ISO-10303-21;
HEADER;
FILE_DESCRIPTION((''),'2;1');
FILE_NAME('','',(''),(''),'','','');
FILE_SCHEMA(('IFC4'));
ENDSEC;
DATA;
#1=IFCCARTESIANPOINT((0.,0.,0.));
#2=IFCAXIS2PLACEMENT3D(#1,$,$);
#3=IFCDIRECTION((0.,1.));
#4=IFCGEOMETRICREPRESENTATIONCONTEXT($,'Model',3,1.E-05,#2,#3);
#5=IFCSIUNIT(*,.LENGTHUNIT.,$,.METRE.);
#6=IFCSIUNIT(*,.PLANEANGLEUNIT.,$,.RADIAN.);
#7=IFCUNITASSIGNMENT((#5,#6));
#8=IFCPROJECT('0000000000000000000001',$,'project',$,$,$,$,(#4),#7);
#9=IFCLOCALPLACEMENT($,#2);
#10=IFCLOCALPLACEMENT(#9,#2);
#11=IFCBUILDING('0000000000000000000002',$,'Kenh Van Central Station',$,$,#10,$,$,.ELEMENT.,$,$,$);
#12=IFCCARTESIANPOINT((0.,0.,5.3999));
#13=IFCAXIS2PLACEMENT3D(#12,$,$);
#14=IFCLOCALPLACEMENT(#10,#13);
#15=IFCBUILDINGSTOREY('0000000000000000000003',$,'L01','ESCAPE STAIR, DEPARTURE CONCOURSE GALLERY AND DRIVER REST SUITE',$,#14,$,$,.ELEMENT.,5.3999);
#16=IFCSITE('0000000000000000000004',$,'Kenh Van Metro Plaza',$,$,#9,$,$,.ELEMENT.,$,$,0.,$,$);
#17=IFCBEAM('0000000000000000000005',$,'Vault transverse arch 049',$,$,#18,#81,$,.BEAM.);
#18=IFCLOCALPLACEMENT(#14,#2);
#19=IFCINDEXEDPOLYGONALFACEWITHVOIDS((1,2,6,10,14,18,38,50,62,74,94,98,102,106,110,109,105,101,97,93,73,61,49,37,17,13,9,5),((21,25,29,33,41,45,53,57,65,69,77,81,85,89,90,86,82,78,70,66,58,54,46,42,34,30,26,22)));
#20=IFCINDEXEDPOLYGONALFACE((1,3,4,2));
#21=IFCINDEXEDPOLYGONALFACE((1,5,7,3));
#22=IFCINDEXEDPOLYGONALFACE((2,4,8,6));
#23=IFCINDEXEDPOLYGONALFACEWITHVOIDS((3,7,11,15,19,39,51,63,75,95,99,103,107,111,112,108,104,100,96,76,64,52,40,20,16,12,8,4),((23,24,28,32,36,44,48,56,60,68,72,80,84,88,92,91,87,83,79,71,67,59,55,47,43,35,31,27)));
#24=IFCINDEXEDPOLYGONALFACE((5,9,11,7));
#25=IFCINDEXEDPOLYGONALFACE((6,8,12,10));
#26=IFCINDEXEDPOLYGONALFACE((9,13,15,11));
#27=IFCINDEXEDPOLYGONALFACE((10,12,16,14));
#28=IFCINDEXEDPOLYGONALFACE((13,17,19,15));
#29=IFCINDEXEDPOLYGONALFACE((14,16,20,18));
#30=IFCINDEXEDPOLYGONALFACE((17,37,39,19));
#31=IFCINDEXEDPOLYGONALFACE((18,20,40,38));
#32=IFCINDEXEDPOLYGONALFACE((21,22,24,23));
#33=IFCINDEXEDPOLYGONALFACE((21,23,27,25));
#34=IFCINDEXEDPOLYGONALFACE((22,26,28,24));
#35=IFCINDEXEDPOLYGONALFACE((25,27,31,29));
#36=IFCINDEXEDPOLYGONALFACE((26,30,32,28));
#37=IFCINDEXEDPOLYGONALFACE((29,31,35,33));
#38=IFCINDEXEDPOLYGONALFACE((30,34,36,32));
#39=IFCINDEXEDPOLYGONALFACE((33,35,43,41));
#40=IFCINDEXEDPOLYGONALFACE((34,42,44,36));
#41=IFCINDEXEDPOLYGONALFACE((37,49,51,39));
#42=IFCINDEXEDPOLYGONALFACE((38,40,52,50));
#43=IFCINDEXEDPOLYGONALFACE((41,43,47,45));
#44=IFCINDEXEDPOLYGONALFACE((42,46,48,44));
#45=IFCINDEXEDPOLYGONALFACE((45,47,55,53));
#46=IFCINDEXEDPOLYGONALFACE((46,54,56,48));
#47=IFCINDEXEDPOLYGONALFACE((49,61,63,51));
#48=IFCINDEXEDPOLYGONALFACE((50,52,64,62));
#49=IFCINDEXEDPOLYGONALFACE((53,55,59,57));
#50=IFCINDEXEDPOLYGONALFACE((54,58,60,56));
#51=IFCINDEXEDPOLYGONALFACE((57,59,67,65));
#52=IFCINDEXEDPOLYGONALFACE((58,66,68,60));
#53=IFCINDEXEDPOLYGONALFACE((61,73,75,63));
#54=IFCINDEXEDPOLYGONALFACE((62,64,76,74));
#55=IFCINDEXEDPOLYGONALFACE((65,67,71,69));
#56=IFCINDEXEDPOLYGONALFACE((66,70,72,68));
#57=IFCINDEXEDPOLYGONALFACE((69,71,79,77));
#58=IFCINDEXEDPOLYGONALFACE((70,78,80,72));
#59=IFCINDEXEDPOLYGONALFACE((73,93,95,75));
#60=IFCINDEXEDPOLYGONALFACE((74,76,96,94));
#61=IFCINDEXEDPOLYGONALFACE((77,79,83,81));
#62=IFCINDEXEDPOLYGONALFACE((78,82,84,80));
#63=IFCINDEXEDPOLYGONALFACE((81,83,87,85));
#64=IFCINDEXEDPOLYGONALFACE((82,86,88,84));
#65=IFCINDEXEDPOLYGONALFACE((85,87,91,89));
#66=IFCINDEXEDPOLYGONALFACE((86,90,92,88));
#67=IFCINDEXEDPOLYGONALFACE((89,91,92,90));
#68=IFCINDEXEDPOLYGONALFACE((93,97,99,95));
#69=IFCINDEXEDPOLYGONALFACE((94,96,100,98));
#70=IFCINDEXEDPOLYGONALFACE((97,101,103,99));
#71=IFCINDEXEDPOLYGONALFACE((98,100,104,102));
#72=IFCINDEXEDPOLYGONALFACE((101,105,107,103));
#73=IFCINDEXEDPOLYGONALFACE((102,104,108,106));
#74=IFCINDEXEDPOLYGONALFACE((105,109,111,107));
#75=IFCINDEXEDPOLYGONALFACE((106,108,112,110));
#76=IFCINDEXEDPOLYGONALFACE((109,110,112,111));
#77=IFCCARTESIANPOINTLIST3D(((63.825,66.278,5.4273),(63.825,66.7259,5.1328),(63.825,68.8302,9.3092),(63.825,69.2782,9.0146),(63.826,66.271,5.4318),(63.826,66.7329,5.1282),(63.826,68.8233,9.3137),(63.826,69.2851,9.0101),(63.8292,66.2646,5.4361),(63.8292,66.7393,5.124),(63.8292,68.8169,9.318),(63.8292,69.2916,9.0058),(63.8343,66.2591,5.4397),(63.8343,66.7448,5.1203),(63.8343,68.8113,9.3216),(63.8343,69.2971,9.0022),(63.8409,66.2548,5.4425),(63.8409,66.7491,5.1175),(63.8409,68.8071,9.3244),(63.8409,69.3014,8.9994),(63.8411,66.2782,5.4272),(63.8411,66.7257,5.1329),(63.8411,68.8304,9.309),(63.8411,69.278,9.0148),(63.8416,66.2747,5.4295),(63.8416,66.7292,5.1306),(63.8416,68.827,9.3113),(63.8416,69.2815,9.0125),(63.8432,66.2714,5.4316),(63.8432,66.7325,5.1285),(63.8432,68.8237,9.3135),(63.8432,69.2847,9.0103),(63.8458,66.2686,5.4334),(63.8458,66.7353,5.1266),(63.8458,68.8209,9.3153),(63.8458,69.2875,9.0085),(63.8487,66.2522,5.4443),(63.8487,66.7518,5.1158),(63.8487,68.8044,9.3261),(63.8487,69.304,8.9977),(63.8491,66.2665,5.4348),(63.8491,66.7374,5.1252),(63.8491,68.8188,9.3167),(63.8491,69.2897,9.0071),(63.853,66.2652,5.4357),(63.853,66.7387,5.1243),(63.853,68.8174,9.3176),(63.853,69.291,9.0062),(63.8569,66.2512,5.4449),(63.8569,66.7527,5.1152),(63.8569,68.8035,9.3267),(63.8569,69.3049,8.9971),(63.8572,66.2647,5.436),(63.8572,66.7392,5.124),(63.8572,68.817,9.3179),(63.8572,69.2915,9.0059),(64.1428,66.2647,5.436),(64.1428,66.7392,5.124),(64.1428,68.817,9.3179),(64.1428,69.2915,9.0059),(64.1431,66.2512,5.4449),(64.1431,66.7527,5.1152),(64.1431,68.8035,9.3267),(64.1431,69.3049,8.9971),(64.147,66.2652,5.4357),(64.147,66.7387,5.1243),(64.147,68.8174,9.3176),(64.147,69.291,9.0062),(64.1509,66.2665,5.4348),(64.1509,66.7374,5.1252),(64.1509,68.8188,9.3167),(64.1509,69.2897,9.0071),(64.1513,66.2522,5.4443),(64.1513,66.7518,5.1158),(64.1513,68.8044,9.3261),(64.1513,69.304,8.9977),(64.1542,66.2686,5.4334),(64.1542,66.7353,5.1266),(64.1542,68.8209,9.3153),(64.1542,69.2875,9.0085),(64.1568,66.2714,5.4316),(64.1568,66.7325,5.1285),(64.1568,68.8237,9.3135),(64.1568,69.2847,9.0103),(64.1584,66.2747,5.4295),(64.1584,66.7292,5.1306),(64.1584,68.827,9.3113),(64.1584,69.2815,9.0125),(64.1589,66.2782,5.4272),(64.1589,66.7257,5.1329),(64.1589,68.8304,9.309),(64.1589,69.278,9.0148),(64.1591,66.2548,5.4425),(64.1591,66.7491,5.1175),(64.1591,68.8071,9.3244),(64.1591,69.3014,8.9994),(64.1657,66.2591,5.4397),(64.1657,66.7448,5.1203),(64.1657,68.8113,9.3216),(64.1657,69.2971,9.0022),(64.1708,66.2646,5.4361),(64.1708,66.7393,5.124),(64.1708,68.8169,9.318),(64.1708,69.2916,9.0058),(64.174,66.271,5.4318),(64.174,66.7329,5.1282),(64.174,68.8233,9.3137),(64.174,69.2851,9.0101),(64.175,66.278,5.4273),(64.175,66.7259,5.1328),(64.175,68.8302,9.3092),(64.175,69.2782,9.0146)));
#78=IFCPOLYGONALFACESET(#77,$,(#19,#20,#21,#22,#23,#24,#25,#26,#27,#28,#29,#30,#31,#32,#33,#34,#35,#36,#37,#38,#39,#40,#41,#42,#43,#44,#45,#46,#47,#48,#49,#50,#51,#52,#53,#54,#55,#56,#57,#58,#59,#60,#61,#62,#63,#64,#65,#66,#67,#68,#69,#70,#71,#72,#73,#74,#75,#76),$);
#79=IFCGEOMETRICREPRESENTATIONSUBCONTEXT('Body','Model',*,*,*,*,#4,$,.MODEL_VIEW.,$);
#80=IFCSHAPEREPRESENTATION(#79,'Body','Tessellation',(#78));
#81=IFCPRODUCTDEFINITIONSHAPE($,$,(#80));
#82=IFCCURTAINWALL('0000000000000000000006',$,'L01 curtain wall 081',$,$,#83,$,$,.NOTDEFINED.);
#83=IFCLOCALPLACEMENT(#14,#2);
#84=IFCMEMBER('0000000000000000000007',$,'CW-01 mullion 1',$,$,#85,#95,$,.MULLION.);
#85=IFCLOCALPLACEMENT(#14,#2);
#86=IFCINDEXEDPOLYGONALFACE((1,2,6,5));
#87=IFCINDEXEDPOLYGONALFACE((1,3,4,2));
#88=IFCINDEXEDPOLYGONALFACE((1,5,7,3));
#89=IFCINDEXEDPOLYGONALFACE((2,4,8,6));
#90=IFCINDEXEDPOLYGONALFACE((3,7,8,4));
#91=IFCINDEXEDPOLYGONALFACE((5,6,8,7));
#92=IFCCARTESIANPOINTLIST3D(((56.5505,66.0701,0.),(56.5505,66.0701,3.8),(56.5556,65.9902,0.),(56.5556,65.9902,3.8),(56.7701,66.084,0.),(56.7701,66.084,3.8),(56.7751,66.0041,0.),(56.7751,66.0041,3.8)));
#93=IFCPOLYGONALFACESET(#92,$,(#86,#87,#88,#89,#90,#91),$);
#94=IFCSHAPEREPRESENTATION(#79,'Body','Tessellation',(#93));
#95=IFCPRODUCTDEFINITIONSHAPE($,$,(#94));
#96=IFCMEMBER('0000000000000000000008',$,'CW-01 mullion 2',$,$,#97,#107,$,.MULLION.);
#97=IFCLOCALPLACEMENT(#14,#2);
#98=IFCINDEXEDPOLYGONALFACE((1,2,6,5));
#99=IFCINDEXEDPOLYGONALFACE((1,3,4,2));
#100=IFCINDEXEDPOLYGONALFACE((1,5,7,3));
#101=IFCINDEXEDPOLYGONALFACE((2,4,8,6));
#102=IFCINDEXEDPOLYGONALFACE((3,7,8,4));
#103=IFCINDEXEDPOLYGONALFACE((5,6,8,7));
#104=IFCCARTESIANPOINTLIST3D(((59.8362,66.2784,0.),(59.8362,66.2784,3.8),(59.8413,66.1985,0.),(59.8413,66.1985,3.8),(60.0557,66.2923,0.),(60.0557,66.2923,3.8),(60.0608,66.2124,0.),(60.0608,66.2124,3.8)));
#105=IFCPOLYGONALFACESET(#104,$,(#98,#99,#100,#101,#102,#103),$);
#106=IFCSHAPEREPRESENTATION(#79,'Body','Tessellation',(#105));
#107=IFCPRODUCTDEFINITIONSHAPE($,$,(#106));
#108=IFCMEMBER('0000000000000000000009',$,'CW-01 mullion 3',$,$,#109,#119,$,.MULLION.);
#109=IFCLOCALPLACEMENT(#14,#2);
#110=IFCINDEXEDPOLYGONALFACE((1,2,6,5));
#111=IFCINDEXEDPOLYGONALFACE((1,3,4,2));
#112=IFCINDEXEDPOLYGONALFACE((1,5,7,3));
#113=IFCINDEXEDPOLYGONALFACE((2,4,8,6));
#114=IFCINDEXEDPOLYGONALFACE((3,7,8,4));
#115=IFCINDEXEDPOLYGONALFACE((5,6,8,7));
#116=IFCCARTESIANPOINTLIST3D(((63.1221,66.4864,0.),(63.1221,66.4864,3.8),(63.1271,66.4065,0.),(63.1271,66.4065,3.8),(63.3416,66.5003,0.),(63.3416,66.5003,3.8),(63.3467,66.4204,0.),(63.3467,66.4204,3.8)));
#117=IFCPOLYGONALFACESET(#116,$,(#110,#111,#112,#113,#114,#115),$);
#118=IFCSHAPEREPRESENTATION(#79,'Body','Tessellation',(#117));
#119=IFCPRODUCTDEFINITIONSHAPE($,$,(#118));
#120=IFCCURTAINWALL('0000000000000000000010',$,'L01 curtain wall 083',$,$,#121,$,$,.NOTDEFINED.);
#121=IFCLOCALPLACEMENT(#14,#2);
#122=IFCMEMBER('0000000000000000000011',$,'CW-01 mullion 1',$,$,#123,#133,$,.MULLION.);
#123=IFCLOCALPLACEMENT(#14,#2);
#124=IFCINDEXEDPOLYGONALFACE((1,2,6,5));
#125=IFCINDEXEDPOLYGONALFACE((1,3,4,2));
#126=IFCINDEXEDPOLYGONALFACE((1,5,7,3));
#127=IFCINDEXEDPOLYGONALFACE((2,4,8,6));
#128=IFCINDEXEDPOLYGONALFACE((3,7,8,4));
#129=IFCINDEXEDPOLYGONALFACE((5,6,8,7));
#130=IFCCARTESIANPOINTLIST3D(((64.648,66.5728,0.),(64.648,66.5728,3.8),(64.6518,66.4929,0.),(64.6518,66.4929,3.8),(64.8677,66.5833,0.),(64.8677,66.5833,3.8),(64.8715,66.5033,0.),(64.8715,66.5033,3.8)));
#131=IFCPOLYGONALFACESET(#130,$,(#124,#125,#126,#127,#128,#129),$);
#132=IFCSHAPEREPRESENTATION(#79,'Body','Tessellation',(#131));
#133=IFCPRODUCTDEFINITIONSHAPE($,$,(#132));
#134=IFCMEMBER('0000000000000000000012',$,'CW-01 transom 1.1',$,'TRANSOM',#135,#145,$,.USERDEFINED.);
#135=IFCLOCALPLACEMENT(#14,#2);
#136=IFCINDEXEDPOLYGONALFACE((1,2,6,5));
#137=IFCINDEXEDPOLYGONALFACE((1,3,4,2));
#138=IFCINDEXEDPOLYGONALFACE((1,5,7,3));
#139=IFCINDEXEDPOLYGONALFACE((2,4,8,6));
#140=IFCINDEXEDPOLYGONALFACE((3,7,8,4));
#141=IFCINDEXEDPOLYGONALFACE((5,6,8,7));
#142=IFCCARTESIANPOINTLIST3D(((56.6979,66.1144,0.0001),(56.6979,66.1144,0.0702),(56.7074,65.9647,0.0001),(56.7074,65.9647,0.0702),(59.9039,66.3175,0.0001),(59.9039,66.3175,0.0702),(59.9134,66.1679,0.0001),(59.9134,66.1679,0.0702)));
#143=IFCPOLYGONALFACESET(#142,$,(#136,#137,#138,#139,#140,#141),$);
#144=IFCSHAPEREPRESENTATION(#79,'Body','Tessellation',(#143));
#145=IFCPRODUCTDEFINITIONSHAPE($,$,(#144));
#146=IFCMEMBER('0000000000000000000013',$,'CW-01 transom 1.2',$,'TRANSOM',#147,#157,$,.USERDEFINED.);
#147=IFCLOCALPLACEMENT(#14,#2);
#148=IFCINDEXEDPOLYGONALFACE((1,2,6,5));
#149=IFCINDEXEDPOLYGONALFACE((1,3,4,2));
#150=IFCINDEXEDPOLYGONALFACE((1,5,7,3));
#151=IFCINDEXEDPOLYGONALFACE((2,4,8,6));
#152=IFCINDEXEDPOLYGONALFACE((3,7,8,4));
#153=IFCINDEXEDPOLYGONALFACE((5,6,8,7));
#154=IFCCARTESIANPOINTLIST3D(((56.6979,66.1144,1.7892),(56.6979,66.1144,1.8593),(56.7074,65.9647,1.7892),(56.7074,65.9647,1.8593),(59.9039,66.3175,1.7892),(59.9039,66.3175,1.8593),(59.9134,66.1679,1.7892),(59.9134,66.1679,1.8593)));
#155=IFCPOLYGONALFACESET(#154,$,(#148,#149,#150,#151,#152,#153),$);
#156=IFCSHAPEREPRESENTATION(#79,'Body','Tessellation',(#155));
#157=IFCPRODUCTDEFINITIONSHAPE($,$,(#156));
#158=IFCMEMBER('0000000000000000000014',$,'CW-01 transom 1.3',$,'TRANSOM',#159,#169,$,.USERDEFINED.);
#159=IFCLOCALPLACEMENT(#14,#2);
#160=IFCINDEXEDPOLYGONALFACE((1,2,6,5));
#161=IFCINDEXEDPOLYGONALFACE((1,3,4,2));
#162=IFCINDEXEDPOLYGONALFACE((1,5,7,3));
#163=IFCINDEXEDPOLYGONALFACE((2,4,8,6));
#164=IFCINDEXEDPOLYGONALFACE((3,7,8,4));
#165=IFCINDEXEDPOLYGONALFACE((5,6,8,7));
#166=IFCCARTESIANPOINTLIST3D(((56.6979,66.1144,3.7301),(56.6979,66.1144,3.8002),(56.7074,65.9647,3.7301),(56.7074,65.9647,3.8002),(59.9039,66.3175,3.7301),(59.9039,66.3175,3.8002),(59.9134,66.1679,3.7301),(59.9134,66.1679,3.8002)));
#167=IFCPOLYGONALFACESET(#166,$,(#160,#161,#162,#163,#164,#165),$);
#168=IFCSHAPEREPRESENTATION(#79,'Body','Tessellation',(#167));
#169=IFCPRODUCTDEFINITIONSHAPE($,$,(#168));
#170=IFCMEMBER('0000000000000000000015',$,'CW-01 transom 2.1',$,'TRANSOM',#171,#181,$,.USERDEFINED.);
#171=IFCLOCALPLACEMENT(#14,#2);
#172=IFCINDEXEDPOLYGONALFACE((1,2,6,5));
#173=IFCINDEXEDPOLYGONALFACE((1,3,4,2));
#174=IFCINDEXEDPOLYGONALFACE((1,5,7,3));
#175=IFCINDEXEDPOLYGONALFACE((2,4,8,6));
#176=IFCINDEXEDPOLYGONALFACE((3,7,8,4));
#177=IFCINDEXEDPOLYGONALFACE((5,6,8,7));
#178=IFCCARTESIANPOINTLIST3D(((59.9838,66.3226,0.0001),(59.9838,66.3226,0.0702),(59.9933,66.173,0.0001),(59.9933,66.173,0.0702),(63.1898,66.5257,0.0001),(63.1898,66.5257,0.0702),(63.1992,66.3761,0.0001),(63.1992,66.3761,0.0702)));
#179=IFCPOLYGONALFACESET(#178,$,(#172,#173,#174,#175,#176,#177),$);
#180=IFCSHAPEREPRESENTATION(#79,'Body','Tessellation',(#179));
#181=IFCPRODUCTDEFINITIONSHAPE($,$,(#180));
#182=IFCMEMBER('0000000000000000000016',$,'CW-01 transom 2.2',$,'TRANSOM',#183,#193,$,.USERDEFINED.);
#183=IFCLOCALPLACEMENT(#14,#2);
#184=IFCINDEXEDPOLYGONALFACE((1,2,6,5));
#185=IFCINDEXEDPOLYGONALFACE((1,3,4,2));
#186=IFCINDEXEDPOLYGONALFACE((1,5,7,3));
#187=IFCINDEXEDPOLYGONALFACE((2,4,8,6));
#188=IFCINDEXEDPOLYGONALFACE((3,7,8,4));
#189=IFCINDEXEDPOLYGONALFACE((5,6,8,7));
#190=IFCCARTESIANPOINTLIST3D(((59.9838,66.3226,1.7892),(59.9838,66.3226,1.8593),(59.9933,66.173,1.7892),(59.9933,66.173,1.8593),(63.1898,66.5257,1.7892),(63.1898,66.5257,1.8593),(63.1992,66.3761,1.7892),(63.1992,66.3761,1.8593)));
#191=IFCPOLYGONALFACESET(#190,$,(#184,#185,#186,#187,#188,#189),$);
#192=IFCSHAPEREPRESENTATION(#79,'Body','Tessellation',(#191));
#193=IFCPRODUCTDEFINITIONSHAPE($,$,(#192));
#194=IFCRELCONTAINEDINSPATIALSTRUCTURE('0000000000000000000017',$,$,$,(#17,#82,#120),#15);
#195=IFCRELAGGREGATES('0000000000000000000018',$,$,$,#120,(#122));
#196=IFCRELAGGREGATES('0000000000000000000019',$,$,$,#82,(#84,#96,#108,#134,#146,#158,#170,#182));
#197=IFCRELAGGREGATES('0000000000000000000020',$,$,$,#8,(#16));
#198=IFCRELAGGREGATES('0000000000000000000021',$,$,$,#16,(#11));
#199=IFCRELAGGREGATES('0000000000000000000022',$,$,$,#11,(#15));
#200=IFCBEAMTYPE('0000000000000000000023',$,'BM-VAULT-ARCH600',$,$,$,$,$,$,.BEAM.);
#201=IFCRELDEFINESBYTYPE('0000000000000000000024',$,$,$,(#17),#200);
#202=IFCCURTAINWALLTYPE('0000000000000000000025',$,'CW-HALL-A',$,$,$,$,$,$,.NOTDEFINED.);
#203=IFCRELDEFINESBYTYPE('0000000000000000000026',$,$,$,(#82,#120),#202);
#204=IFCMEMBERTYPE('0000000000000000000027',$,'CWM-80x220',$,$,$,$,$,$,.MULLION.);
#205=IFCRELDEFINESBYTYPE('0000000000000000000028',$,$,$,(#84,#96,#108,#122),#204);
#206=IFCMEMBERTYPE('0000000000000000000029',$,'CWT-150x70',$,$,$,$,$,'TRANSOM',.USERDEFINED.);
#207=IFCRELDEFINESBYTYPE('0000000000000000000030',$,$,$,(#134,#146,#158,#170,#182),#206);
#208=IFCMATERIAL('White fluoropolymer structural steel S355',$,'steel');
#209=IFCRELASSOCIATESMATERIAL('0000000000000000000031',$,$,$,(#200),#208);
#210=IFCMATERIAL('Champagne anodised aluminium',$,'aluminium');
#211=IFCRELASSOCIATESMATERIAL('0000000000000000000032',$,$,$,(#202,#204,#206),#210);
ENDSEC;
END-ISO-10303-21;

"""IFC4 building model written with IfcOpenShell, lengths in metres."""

from ifc_helpers import new_model, si_unit, direction, frame, origin, origin_2d, place, context, subcontext, project, spatial, rectangle, hollow_rectangle, extrude, material, material_profile, profile_set, type_object, element, aggregate, save


model = new_model("IFC4")

# Units and contexts
model_context = context("Model", 3, precision=1e-05, world=origin(), true_north=direction((0.0, 1.0)))
body_context = subcontext(model_context, "Body", "Model", "MODEL_VIEW")
ifc_project = project(units=[si_unit("LENGTHUNIT", "METRE"), si_unit("PLANEANGLEUNIT", "RADIAN")], contexts=[model_context])

# Site, building, storey
site_placement = place(None, origin())
site = spatial("IfcSite", under=ifc_project, at=site_placement, Name="Kenh Van Metro Plaza", CompositionType="ELEMENT", RefElevation=0.0)
building_placement = place(site_placement, origin())
building = spatial("IfcBuilding", under=site, at=building_placement, Name="Kenh Van Central Station", CompositionType="ELEMENT")
storey_placement = place(building_placement, frame((0.0, 0.0, 5.3999)))
storey = spatial("IfcBuildingStorey", under=building, at=storey_placement, Name="L01", Description="ESCAPE STAIR, DEPARTURE CONCOURSE GALLERY AND DRIVER REST SUITE", CompositionType="ELEMENT", Elevation=5.3999)

# Beam
ifc_material_1 = material(Name="White fluoropolymer structural steel S355", Category="steel")
ifc_material_profile_1 = material_profile(ifc_material_1, hollow_rectangle(XDim=0.3501, YDim=0.6001, WallThickness=0.0161, InnerFilletRadius=0.0161, OuterFilletRadius=0.032, at=origin_2d()), Name="RHS 600x350x16")
ifc_profile_set_1 = profile_set([ifc_material_profile_1], Name="White fluoropolymer structural steel S355")
beam_type_1 = type_object("IfcBeamType", Name="BM-VAULT-ARCH600", PredefinedType="BEAM", material=ifc_profile_set_1)
beam_1_placement = place(storey_placement, frame((64.0, 66.502, 5.28), z_axis=(0.0, 0.549377, 0.835575), x_axis=(-1.0, 0.0, 0.0)))
element("IfcBeam", 1, at=beam_1_placement, inside=storey, type_object=beam_type_1, Name="Vault transverse arch 049", PredefinedType="BEAM", context=body_context, shape_type="SweptSolid", body=[
    extrude(hollow_rectangle(XDim=0.3501, YDim=0.6001, WallThickness=0.0161, InnerFilletRadius=0.0161, OuterFilletRadius=0.032, at=origin_2d()), origin(), (0.0, 0.0, 1.0), 4.6458),
])

# Curtain wall, members
ifc_material_2 = material(Name="Champagne anodised aluminium", Category="aluminium")
curtain_wall_type = type_object("IfcCurtainWallType", Name="CW-HALL-A", PredefinedType="NOTDEFINED", material=ifc_material_2)
curtain_wall_1_placement = place(storey_placement, origin())
curtain_wall_1 = element("IfcCurtainWall", 2, at=curtain_wall_1_placement, inside=storey, type_object=curtain_wall_type, Name="L01 curtain wall 081", PredefinedType="NOTDEFINED")
ifc_material_profile_2 = material_profile(ifc_material_2, rectangle(XDim=0.0801, YDim=0.22, at=origin_2d()), Name="AL 80x220")
ifc_profile_set_2 = profile_set([ifc_material_profile_2], Name="Champagne anodised aluminium")
member_type_1 = type_object("IfcMemberType", Name="CWM-80x220", PredefinedType="MULLION", material=ifc_profile_set_2)
member_1_placement = place(storey_placement, frame((56.6628, 66.0371, 0.0), z_axis=(0.0, 0.0, 1.0), x_axis=(-0.063211, 0.998, 0.0)))
member_1 = element("IfcMember", 3, at=member_1_placement, type_object=member_type_1, Name="CW-01 mullion 1", PredefinedType="MULLION", context=body_context, shape_type="SweptSolid", body=[
    extrude(rectangle(XDim=0.0801, YDim=0.22, at=origin_2d()), origin(), (0.0, 0.0, 1.0), 3.8),
])
member_2_placement = place(storey_placement, frame((59.9485, 66.2454, 0.0), z_axis=(0.0, 0.0, 1.0), x_axis=(-0.063211, 0.998, 0.0)))
member_2 = element("IfcMember", 4, at=member_2_placement, type_object=member_type_1, Name="CW-01 mullion 2", PredefinedType="MULLION", context=body_context, shape_type="SweptSolid", body=[
    extrude(rectangle(XDim=0.0801, YDim=0.22, at=origin_2d()), origin(), (0.0, 0.0, 1.0), 3.8),
])
member_3_placement = place(storey_placement, frame((63.2344, 66.4534, 0.0), z_axis=(0.0, 0.0, 1.0), x_axis=(-0.063211, 0.998, 0.0)))
member_3 = element("IfcMember", 5, at=member_3_placement, type_object=member_type_1, Name="CW-01 mullion 3", PredefinedType="MULLION", context=body_context, shape_type="SweptSolid", body=[
    extrude(rectangle(XDim=0.0801, YDim=0.22, at=origin_2d()), origin(), (0.0, 0.0, 1.0), 3.8),
])

# Curtain wall, member
curtain_wall_2_placement = place(storey_placement, origin())
curtain_wall_2 = element("IfcCurtainWall", 6, at=curtain_wall_2_placement, inside=storey, type_object=curtain_wall_type, Name="L01 curtain wall 083", PredefinedType="NOTDEFINED")
member_4_placement = place(storey_placement, frame((64.7598, 66.5381, 0.0), z_axis=(0.0, 0.0, 1.0), x_axis=(-0.047601, 0.998866, 0.0)))
member_4 = element("IfcMember", 7, at=member_4_placement, type_object=member_type_1, Name="CW-01 mullion 1", PredefinedType="MULLION", context=body_context, shape_type="SweptSolid", body=[
    extrude(rectangle(XDim=0.0801, YDim=0.22, at=origin_2d()), origin(), (0.0, 0.0, 1.0), 3.8),
])

# Members
ifc_material_profile_3 = material_profile(ifc_material_2, rectangle(XDim=0.1499, YDim=0.0701, at=origin_2d()), Name="AL 150x70")
ifc_profile_set_3 = profile_set([ifc_material_profile_3], Name="Champagne anodised aluminium")
member_type_2 = type_object("IfcMemberType", Name="CWT-150x70", ElementType="TRANSOM", PredefinedType="USERDEFINED", material=ifc_profile_set_3)
member_5_placement = place(storey_placement, frame((56.7026, 66.0396, 0.0352), z_axis=(0.997999, 0.06323, 0.0), x_axis=(-0.06323, 0.997999, 0.0)))
member_5 = element("IfcMember", 8, at=member_5_placement, type_object=member_type_2, Name="CW-01 transom 1.1", ObjectType="TRANSOM", PredefinedType="USERDEFINED", context=body_context, shape_type="SweptSolid", body=[
    extrude(rectangle(XDim=0.1499, YDim=0.0701, at=origin_2d()), origin(), (0.0, 0.0, 1.0), 3.2124),
])
member_6_placement = place(storey_placement, frame((56.7026, 66.0396, 1.8242), z_axis=(0.997999, 0.06323, 0.0), x_axis=(-0.06323, 0.997999, 0.0)))
member_6 = element("IfcMember", 9, at=member_6_placement, type_object=member_type_2, Name="CW-01 transom 1.2", ObjectType="TRANSOM", PredefinedType="USERDEFINED", context=body_context, shape_type="SweptSolid", body=[
    extrude(rectangle(XDim=0.1499, YDim=0.0701, at=origin_2d()), origin(), (0.0, 0.0, 1.0), 3.2124),
])
member_7_placement = place(storey_placement, frame((56.7026, 66.0396, 3.7651), z_axis=(0.997999, 0.06323, 0.0), x_axis=(-0.06323, 0.997999, 0.0)))
member_7 = element("IfcMember", 10, at=member_7_placement, type_object=member_type_2, Name="CW-01 transom 1.3", ObjectType="TRANSOM", PredefinedType="USERDEFINED", context=body_context, shape_type="SweptSolid", body=[
    extrude(rectangle(XDim=0.1499, YDim=0.0701, at=origin_2d()), origin(), (0.0, 0.0, 1.0), 3.2124),
])
member_8_placement = place(storey_placement, frame((59.9885, 66.2478, 0.0352), z_axis=(0.997999, 0.06323, 0.0), x_axis=(-0.06323, 0.997999, 0.0)))
member_8 = element("IfcMember", 11, at=member_8_placement, type_object=member_type_2, Name="CW-01 transom 2.1", ObjectType="TRANSOM", PredefinedType="USERDEFINED", context=body_context, shape_type="SweptSolid", body=[
    extrude(rectangle(XDim=0.1499, YDim=0.0701, at=origin_2d()), origin(), (0.0, 0.0, 1.0), 3.2124),
])
member_9_placement = place(storey_placement, frame((59.9885, 66.2478, 1.8242), z_axis=(0.997999, 0.06323, 0.0), x_axis=(-0.06323, 0.997999, 0.0)))
member_9 = element("IfcMember", 12, at=member_9_placement, type_object=member_type_2, Name="CW-01 transom 2.2", ObjectType="TRANSOM", PredefinedType="USERDEFINED", context=body_context, shape_type="SweptSolid", body=[
    extrude(rectangle(XDim=0.1499, YDim=0.0701, at=origin_2d()), origin(), (0.0, 0.0, 1.0), 3.2124),
])
aggregate(curtain_wall_2, [member_4])

aggregate(curtain_wall_1, [member_1, member_2, member_3, member_5, member_6, member_7, member_8, member_9])

save(model, "model.ifc")
